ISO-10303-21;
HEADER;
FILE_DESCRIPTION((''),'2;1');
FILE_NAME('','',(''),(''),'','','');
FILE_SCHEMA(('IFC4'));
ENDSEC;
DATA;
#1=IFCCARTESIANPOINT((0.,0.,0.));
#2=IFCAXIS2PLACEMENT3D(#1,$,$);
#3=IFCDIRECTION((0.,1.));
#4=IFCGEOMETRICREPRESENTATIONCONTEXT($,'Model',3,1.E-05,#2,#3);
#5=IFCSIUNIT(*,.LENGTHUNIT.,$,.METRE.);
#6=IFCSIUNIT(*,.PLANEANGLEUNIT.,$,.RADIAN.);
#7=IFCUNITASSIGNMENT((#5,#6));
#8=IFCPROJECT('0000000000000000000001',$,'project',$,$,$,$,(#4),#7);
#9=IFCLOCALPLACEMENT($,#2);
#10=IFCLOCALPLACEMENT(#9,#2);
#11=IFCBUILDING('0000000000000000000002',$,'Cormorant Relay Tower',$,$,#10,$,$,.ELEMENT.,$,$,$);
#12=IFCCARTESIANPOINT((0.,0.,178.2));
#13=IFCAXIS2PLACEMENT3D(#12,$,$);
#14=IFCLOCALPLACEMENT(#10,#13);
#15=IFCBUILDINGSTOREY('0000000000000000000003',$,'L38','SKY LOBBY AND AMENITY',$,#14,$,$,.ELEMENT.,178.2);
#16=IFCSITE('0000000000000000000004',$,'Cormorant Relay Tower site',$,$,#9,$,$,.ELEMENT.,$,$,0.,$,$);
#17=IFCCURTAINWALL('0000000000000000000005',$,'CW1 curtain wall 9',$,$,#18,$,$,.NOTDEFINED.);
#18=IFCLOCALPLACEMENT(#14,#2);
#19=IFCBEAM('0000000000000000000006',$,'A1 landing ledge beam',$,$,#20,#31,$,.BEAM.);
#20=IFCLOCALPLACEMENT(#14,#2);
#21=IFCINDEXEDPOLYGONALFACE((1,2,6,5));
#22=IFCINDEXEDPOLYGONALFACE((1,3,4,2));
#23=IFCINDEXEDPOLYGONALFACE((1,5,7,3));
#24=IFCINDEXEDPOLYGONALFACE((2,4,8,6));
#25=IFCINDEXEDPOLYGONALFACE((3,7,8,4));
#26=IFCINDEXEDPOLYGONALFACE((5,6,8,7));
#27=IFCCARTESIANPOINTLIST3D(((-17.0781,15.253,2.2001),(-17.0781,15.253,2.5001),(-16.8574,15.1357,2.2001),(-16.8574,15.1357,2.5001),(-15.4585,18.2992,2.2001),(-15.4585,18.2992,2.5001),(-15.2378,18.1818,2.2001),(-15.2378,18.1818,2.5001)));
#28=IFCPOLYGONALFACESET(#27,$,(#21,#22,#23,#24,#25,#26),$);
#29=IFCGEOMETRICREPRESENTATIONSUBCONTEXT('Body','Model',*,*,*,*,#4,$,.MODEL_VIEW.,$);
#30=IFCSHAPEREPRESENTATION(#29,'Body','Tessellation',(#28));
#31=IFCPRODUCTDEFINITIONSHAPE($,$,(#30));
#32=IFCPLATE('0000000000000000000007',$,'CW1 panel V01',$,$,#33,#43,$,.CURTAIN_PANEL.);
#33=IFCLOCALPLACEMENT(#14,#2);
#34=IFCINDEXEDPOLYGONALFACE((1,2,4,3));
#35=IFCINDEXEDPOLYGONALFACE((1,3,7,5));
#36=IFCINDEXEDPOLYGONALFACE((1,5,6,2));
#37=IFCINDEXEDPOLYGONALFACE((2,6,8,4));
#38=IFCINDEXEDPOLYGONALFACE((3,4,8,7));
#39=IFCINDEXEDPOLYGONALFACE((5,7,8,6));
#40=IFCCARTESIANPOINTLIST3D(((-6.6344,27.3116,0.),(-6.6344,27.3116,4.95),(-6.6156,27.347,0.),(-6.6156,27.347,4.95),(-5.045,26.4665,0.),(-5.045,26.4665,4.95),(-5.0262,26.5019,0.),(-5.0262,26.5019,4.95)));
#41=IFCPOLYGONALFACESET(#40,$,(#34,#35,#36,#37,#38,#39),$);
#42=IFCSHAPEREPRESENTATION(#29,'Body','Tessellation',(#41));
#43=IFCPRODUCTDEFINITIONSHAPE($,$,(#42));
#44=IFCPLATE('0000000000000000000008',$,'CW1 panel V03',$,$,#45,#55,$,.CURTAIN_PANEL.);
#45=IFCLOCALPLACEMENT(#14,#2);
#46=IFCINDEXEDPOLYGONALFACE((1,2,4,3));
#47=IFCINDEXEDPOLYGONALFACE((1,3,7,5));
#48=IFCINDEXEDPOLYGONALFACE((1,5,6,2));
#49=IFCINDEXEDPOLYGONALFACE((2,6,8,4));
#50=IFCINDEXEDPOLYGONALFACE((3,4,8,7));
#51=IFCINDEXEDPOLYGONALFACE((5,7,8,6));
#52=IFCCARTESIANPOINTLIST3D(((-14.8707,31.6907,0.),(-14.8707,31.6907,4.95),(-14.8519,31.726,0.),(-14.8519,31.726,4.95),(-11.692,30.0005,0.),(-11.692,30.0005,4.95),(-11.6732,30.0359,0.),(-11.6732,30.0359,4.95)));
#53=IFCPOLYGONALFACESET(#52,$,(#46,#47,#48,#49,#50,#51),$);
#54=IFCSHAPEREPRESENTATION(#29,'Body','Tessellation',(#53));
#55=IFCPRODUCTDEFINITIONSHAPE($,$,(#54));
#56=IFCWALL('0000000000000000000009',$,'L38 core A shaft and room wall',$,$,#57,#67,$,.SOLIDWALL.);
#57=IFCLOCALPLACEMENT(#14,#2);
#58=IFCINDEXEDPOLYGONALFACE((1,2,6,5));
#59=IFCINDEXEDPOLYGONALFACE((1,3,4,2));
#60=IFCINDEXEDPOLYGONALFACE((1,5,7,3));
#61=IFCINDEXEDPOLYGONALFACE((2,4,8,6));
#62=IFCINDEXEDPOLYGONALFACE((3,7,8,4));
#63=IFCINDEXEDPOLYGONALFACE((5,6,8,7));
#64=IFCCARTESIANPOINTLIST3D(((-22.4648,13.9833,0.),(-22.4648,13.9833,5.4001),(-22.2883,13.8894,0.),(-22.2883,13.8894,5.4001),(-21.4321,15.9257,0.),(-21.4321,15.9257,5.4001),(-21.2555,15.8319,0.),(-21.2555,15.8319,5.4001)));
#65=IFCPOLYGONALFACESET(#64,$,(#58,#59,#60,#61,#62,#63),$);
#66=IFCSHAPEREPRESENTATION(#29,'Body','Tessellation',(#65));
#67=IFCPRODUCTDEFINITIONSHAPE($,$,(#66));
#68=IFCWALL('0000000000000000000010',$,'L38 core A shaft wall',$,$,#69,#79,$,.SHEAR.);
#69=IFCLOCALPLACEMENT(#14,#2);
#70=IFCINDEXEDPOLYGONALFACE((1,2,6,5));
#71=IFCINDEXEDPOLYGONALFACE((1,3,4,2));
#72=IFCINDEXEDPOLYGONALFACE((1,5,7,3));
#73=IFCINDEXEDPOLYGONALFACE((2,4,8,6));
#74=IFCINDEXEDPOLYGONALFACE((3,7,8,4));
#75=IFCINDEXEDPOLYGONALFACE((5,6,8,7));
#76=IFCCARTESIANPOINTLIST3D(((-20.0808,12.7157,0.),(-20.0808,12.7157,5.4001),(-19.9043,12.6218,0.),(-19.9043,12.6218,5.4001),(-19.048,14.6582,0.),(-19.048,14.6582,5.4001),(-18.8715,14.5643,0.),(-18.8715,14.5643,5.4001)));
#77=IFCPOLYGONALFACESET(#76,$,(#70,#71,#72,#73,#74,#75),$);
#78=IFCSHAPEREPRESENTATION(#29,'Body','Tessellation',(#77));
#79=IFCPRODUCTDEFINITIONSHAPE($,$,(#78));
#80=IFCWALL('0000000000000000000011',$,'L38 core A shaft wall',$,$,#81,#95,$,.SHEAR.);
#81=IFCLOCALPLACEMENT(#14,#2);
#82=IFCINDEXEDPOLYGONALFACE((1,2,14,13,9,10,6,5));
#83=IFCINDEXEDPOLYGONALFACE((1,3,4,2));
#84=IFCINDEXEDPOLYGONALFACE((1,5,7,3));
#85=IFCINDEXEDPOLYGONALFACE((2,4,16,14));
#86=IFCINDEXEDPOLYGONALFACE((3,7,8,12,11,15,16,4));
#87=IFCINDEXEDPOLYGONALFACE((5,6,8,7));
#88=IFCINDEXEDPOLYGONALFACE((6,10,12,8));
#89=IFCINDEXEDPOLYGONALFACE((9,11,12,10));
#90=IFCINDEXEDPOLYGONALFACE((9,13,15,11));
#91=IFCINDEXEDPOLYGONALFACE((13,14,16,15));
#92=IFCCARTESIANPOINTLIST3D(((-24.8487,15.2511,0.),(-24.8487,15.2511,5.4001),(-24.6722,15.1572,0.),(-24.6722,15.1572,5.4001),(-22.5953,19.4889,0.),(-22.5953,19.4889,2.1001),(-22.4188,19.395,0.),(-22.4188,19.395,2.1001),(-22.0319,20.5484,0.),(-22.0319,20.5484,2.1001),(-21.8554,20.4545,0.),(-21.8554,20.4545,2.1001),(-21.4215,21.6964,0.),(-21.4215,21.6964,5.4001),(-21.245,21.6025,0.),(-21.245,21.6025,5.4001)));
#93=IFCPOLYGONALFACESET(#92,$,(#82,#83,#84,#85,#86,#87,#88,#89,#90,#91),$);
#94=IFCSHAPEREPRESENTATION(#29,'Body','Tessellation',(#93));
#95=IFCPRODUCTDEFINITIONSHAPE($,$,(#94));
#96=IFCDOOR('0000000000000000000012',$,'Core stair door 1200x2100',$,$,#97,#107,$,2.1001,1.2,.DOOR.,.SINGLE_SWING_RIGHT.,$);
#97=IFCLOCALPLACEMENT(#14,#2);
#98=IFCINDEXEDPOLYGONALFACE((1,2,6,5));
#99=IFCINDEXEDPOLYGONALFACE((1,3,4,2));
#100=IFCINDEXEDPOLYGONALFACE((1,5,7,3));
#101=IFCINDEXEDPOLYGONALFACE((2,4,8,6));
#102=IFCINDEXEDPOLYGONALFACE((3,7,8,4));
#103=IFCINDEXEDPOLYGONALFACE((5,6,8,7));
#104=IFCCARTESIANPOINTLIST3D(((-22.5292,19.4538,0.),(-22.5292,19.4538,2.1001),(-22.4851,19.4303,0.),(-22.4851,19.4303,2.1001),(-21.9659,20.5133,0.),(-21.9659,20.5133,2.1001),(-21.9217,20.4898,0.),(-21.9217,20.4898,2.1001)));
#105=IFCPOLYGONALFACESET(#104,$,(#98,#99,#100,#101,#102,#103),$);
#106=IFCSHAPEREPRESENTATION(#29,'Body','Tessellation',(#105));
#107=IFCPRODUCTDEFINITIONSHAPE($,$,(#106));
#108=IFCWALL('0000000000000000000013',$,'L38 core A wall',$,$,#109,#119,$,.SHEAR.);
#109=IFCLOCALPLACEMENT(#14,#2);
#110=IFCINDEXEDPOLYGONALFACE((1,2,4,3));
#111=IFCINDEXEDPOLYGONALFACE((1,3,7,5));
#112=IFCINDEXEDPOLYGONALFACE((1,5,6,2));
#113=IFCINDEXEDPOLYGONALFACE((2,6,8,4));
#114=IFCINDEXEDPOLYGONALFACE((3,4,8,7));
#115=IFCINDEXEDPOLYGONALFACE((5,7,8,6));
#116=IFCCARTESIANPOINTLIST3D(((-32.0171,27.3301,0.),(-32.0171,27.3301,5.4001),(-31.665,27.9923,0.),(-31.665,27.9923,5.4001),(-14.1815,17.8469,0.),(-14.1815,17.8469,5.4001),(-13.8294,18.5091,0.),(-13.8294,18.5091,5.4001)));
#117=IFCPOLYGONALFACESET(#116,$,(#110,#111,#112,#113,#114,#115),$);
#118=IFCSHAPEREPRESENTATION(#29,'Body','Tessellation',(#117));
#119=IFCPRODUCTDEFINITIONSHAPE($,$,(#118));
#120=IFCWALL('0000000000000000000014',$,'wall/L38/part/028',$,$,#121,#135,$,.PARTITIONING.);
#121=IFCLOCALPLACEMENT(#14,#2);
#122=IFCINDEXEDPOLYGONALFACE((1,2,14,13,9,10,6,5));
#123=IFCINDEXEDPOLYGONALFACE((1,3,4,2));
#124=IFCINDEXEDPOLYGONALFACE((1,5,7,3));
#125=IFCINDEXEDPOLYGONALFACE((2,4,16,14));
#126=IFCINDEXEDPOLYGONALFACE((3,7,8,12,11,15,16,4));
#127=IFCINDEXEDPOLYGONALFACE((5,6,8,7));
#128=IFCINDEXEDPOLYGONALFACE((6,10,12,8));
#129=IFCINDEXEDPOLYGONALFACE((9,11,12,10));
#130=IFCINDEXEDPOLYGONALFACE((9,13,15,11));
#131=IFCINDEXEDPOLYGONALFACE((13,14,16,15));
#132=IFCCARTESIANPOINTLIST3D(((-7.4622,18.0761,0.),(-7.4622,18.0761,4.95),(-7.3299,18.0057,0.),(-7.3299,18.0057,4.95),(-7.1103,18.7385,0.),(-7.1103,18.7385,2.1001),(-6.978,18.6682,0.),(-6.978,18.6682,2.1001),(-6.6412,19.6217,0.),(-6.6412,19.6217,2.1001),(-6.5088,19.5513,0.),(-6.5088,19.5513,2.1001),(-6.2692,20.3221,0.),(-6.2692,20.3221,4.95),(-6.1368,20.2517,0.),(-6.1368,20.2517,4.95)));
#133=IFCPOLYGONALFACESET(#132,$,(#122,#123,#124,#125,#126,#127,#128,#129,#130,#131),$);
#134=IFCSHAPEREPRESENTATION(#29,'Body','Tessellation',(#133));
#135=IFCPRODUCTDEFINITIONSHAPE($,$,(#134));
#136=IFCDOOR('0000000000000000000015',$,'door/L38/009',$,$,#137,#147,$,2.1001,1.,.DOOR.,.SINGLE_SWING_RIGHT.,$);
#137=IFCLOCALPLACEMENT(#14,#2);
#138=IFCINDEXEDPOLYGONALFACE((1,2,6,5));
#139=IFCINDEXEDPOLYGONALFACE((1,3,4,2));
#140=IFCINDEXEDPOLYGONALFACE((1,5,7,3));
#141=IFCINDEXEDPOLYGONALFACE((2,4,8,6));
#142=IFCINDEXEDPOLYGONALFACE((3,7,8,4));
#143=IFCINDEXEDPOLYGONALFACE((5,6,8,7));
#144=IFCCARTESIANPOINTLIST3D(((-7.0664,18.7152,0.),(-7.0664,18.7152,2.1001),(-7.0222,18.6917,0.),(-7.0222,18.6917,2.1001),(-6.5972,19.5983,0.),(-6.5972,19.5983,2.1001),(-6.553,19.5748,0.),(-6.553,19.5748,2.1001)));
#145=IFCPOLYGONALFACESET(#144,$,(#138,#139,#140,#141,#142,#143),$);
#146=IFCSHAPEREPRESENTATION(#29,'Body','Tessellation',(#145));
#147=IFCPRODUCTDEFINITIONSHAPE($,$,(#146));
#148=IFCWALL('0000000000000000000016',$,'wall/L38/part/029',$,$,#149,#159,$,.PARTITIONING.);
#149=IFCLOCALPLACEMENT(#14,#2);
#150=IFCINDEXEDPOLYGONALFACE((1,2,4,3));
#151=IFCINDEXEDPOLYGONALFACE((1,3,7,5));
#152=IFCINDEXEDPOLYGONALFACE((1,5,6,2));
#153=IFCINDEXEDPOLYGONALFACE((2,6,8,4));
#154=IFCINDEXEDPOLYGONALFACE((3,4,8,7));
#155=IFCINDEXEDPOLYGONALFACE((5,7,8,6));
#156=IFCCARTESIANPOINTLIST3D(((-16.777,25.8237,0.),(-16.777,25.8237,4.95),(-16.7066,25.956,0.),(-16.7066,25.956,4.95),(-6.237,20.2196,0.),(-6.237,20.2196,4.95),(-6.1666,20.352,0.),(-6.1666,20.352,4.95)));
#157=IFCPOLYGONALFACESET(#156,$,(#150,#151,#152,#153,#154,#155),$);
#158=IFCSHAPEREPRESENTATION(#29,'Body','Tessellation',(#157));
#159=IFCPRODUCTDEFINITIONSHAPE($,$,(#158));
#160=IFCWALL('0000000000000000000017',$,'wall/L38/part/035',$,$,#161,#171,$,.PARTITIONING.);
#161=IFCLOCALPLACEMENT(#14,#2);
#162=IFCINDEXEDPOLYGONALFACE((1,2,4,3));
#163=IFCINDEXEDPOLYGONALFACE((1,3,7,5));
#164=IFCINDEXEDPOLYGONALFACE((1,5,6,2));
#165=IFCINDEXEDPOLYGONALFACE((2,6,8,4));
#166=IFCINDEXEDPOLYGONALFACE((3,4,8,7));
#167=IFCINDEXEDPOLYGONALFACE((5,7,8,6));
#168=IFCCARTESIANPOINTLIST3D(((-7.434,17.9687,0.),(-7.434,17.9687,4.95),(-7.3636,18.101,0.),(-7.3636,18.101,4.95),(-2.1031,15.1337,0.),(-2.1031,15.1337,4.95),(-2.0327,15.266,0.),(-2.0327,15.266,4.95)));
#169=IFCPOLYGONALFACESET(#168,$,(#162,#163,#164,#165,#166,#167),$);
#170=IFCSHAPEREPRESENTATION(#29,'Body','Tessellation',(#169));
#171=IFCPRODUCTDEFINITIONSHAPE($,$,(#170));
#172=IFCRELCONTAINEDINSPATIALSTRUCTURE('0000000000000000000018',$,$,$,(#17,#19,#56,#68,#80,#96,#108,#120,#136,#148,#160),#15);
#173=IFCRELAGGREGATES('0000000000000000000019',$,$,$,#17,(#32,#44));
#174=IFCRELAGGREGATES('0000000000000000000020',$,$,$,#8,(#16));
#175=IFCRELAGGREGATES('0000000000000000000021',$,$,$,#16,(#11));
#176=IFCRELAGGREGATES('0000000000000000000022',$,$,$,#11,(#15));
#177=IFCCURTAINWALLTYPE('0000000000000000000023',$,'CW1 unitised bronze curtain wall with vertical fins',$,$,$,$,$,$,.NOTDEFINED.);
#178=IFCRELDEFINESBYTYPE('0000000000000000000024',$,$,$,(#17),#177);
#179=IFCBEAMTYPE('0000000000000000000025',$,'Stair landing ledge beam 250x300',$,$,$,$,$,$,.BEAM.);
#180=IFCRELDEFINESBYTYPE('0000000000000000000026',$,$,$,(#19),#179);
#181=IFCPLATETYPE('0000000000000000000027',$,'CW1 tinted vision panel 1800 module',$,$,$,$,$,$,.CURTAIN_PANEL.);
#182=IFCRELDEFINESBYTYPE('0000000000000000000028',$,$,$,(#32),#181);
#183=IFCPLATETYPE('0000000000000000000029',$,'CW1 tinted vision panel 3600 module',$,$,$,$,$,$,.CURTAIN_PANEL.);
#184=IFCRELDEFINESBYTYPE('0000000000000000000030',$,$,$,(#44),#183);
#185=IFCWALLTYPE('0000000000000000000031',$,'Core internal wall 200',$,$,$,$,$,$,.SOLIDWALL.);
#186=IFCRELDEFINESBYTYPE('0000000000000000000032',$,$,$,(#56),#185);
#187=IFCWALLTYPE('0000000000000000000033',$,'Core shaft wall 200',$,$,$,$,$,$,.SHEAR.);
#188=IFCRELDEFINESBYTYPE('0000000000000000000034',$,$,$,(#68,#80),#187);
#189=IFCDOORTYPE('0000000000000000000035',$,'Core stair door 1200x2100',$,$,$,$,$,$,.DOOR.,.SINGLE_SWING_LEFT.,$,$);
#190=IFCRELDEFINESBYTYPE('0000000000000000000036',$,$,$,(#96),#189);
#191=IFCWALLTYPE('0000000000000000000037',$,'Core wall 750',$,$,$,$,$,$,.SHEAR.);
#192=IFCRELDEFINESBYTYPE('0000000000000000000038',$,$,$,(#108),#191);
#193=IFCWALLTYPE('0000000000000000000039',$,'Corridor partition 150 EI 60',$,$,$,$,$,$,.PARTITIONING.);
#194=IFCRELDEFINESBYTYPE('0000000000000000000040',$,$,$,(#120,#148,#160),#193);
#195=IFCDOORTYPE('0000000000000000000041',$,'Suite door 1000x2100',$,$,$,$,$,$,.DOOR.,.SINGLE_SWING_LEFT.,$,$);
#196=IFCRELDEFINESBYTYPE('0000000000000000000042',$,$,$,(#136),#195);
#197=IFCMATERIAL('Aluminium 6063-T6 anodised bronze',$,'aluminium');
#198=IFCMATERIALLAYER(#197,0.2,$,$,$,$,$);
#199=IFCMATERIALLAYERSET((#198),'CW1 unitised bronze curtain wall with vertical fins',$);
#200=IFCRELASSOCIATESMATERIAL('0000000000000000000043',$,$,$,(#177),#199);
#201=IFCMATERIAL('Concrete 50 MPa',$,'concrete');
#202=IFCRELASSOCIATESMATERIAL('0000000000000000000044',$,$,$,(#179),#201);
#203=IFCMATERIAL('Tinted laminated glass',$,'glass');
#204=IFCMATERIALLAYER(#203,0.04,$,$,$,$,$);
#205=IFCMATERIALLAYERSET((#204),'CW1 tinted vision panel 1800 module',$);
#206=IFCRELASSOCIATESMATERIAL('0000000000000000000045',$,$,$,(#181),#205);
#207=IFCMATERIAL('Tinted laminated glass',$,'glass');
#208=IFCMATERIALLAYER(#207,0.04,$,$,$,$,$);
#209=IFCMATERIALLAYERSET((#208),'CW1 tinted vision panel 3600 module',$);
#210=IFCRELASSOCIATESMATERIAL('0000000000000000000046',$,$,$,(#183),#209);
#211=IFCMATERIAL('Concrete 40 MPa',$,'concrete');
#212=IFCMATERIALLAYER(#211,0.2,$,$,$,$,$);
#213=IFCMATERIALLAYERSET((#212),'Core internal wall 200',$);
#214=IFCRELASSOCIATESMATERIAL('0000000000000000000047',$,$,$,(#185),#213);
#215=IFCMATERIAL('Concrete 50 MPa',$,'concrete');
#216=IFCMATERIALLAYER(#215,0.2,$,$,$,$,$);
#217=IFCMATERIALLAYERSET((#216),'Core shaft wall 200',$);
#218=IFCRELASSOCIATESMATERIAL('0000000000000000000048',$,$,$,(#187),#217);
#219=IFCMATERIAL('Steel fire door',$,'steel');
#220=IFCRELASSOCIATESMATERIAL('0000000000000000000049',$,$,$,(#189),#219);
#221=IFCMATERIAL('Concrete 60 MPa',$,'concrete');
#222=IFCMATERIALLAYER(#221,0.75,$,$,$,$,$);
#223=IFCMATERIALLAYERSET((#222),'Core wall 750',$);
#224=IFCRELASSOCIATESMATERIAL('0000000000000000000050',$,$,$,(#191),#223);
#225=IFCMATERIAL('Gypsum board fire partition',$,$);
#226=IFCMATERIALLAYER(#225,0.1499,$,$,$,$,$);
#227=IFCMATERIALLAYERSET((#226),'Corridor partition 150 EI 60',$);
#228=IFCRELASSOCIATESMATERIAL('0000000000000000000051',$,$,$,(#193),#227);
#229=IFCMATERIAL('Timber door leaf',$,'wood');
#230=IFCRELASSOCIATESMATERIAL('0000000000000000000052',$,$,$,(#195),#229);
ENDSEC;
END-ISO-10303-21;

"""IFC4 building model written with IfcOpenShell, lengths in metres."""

from ifc_helpers import new_model, si_unit, direction, frame, frame_2d, origin, origin_2d, place, context, subcontext, project, spatial, rectangle, extrude, material, layer, layer_set, material_profile, profile_set, type_object, element, fill, aggregate, save


model = new_model("IFC4")

# Units and contexts
model_context = context("Model", 3, precision=1e-05, world=origin(), true_north=direction((0.0, 1.0)))
body_context = subcontext(model_context, "Body", "Model", "MODEL_VIEW")
ifc_project = project(units=[si_unit("LENGTHUNIT", "METRE"), si_unit("PLANEANGLEUNIT", "RADIAN")], contexts=[model_context])

# Site, building, storey
site_placement = place(None, origin())
site = spatial("IfcSite", under=ifc_project, at=site_placement, Name="Cormorant Relay Tower site", CompositionType="ELEMENT", RefElevation=0.0)
building_placement = place(site_placement, origin())
building = spatial("IfcBuilding", under=site, at=building_placement, Name="Cormorant Relay Tower", CompositionType="ELEMENT")
storey_placement = place(building_placement, frame((0.0, 0.0, 178.2)))
storey = spatial("IfcBuildingStorey", under=building, at=storey_placement, Name="L38", Description="SKY LOBBY AND AMENITY", CompositionType="ELEMENT", Elevation=178.2)

# Curtain wall
ifc_material_1 = material(Name="Aluminium 6063-T6 anodised bronze", Category="aluminium")
ifc_layer_1 = layer(ifc_material_1, 0.2)
ifc_layer_set_1 = layer_set([ifc_layer_1], Name="CW1 unitised bronze curtain wall with vertical fins")
curtain_wall_type = type_object("IfcCurtainWallType", Name="CW1 unitised bronze curtain wall with vertical fins", PredefinedType="NOTDEFINED", material=ifc_layer_set_1)
curtain_wall_placement = place(storey_placement, origin())
curtain_wall = element("IfcCurtainWall", 1, at=curtain_wall_placement, inside=storey, type_object=curtain_wall_type, Name="CW1 curtain wall 9", PredefinedType="NOTDEFINED")

# Beam
ifc_material_2 = material(Name="Concrete 50 MPa", Category="concrete")
ifc_material_profile_1 = material_profile(ifc_material_2, rectangle(XDim=0.25, YDim=0.3, at=origin_2d()), Name="RC 250x300")
ifc_profile_set_1 = profile_set([ifc_material_profile_1], Name="Concrete 50 MPa")
beam_type_1 = type_object("IfcBeamType", Name="Stair landing ledge beam 250x300", PredefinedType="BEAM", material=ifc_profile_set_1)
beam_1_placement = place(storey_placement, frame((-16.9678, 15.1943, 2.3501), z_axis=(0.469464, 0.882952, 0.0), x_axis=(-0.882952, 0.469464, 0.0)))
element("IfcBeam", 2, at=beam_1_placement, inside=storey, type_object=beam_type_1, Name="A1 landing ledge beam", PredefinedType="BEAM", context=body_context, shape_type="SweptSolid", body=[
    extrude(rectangle(XDim=0.25, YDim=0.3, at=origin_2d()), origin(), (0.0, 0.0, 1.0), 3.45),
])

# Plates
ifc_material_3 = material(Name="Tinted laminated glass", Category="glass")
ifc_layer_2 = layer(ifc_material_3, 0.04)
ifc_layer_set_2 = layer_set([ifc_layer_2], Name="CW1 tinted vision panel 1800 module")
plate_type_1 = type_object("IfcPlateType", Name="CW1 tinted vision panel 1800 module", PredefinedType="CURTAIN_PANEL", material=ifc_layer_set_2)
plate_1_placement = place(storey_placement, frame((-5.8303, 26.9067, 0.0), z_axis=(0.0, 0.0, 1.0), x_axis=(-0.882948, 0.469472, 0.0)))
plate_1 = element("IfcPlate", 3, at=plate_1_placement, type_object=plate_type_1, Name="CW1 panel V01", PredefinedType="CURTAIN_PANEL", context=body_context, shape_type="SweptSolid", body=[
    extrude(rectangle(XDim=1.8, YDim=0.04, at=origin_2d()), origin(), (0.0, 0.0, 1.0), 4.95),
])
ifc_material_4 = material(Name="Tinted laminated glass", Category="glass")
ifc_layer_3 = layer(ifc_material_4, 0.04)
ifc_layer_set_3 = layer_set([ifc_layer_3], Name="CW1 tinted vision panel 3600 module")
plate_type_2 = type_object("IfcPlateType", Name="CW1 tinted vision panel 3600 module", PredefinedType="CURTAIN_PANEL", material=ifc_layer_set_3)
plate_2_placement = place(storey_placement, frame((-13.272, 30.8633, 0.0), z_axis=(0.0, 0.0, 1.0), x_axis=(-0.882948, 0.469472, 0.0)))
plate_2 = element("IfcPlate", 4, at=plate_2_placement, type_object=plate_type_2, Name="CW1 panel V03", PredefinedType="CURTAIN_PANEL", context=body_context, shape_type="SweptSolid", body=[
    extrude(rectangle(XDim=3.6001, YDim=0.04, at=origin_2d()), origin(), (0.0, 0.0, 1.0), 4.95),
])

# Walls
ifc_material_5 = material(Name="Concrete 40 MPa", Category="concrete")
ifc_layer_4 = layer(ifc_material_5, 0.2)
ifc_layer_set_4 = layer_set([ifc_layer_4], Name="Core internal wall 200")
wall_type_1 = type_object("IfcWallType", Name="Core internal wall 200", PredefinedType="SOLIDWALL", material=ifc_layer_set_4)
wall_1_placement = place(storey_placement, frame((-21.3438, 15.8789, 0.0), z_axis=(0.0, 0.0, 1.0), x_axis=(-0.469447, -0.88296, 0.0)))
element("IfcWall", 5, at=wall_1_placement, inside=storey, type_object=wall_type_1, Name="L38 core A shaft and room wall", PredefinedType="SOLIDWALL", context=body_context, shape_type="SweptSolid", body=[
    extrude(rectangle(XDim=2.2, YDim=0.2, at=frame_2d((1.1001, 0.0))), origin(), (0.0, 0.0, 1.0), 5.4001),
])
ifc_material_6 = material(Name="Concrete 50 MPa", Category="concrete")
ifc_layer_5 = layer(ifc_material_6, 0.2)
ifc_layer_set_5 = layer_set([ifc_layer_5], Name="Core shaft wall 200")
wall_type_2 = type_object("IfcWallType", Name="Core shaft wall 200", PredefinedType="SHEAR", material=ifc_layer_set_5)
wall_2_placement = place(storey_placement, frame((-18.9597, 14.6113, 0.0), z_axis=(0.0, 0.0, 1.0), x_axis=(-0.469447, -0.88296, 0.0)))
element("IfcWall", 6, at=wall_2_placement, inside=storey, type_object=wall_type_2, Name="L38 core A shaft wall", PredefinedType="SHEAR", context=body_context, shape_type="SweptSolid", body=[
    extrude(rectangle(XDim=2.2, YDim=0.2, at=frame_2d((1.1001, 0.0))), origin(), (0.0, 0.0, 1.0), 5.4001),
])

# Wall, opening, door
wall_3_placement = place(storey_placement, frame((-21.3333, 21.6494, 0.0), z_axis=(0.0, 0.0, 1.0), x_axis=(-0.469494, -0.882936, 0.0)))
wall_3 = element("IfcWall", 7, at=wall_3_placement, inside=storey, type_object=wall_type_2, Name="L38 core A shaft wall", PredefinedType="SHEAR", context=body_context, shape_type="SweptSolid", body=[
    extrude(rectangle(XDim=7.2998, YDim=0.2, at=frame_2d((3.6499, 0.0))), origin(), (0.0, 0.0, 1.0), 5.4001),
])
opening_1_placement = place(wall_3_placement, frame((1.3, 0.0, 0.0)))
opening_1 = element("IfcOpeningElement", 8, at=opening_1_placement, cuts=wall_3, PredefinedType="OPENING", context=body_context, shape_type="SweptSolid", body=[
    extrude(rectangle(XDim=1.2, YDim=2.1001, at=frame_2d((0.6001, 1.05))), frame((0.0, 0.1099, 0.0), z_axis=(0.0, -1.0, 0.0), x_axis=(1.0, 0.0, 0.0)), (0.0, 0.0, 1.0), 0.22),
])
ifc_material_7 = material(Name="Steel fire door", Category="steel")
door_type_1 = type_object("IfcDoorType", Name="Core stair door 1200x2100", OperationType="SINGLE_SWING_LEFT", PredefinedType="DOOR", material=ifc_material_7)
door_1_placement = place(opening_1_placement, origin())
door_1 = element("IfcDoor", 9, at=door_1_placement, inside=storey, type_object=door_type_1, Name="Core stair door 1200x2100", OperationType="SINGLE_SWING_RIGHT", OverallHeight=2.1001, OverallWidth=1.2, PredefinedType="DOOR", context=body_context, shape_type="SweptSolid", body=[
    extrude(rectangle(XDim=1.2, YDim=2.1001, at=frame_2d((0.6001, 1.05))), frame((0.0, 0.0249, 0.0), z_axis=(0.0, -1.0, 0.0), x_axis=(1.0, 0.0, 0.0)), (0.0, 0.0, 1.0), 0.05),
])
fill(opening_1, door_1)
ifc_material_8 = material(Name="Concrete 60 MPa", Category="concrete")
ifc_layer_6 = layer(ifc_material_8, 0.75)
ifc_layer_set_6 = layer_set([ifc_layer_6], Name="Core wall 750")
wall_type_3 = type_object("IfcWallType", Name="Core wall 750", PredefinedType="SHEAR", material=ifc_layer_set_6)

# Wall
wall_4_placement = place(storey_placement, frame((-14.0054, 18.178, 0.0), z_axis=(0.0, 0.0, 1.0), x_axis=(-0.88295, 0.469467, 0.0)))
element("IfcWall", 10, at=wall_4_placement, inside=storey, type_object=wall_type_3, Name="L38 core A wall", PredefinedType="SHEAR", context=body_context, shape_type="SweptSolid", body=[
    extrude(rectangle(XDim=20.2, YDim=0.75, at=frame_2d((10.1001, 0.0))), origin(), (0.0, 0.0, 1.0), 5.4001),
])

# Wall, opening, door
ifc_material_9 = material(Name="Gypsum board fire partition")
ifc_layer_7 = layer(ifc_material_9, 0.1499)
ifc_layer_set_7 = layer_set([ifc_layer_7], Name="Corridor partition 150 EI 60")
wall_type_4 = type_object("IfcWallType", Name="Corridor partition 150 EI 60", PredefinedType="PARTITIONING", material=ifc_layer_set_7)
wall_5_placement = place(storey_placement, frame((-7.396, 18.041, 0.0), z_axis=(0.0, 0.0, 1.0), x_axis=(0.469118, 0.883136, 0.0)))
wall_5 = element("IfcWall", 11, at=wall_5_placement, inside=storey, type_object=wall_type_4, Name="wall/L38/part/028", PredefinedType="PARTITIONING", context=body_context, shape_type="SweptSolid", body=[
    extrude(rectangle(XDim=2.5432, YDim=0.1499, at=frame_2d((1.2715, 0.0))), origin(), (0.0, 0.0, 1.0), 4.95),
])
opening_2_placement = place(wall_5_placement, frame((0.75, 0.0, 0.0)))
opening_2 = element("IfcOpeningElement", 12, at=opening_2_placement, cuts=wall_5, PredefinedType="OPENING", context=body_context, shape_type="SweptSolid", body=[
    extrude(rectangle(XDim=1.0, YDim=2.1001, at=frame_2d((0.5, 1.05))), frame((0.0, 0.085, 0.0), z_axis=(0.0, -1.0, 0.0), x_axis=(1.0, 0.0, 0.0)), (0.0, 0.0, 1.0), 0.1699),
])
ifc_material_10 = material(Name="Timber door leaf", Category="wood")
door_type_2 = type_object("IfcDoorType", Name="Suite door 1000x2100", OperationType="SINGLE_SWING_LEFT", PredefinedType="DOOR", material=ifc_material_10)
door_2_placement = place(opening_2_placement, frame((1.0, 0.0, 0.0), z_axis=(0.0, 0.0, 1.0), x_axis=(-1.0, 0.0, 0.0)))
door_2 = element("IfcDoor", 13, at=door_2_placement, inside=storey, type_object=door_type_2, Name="door/L38/009", OperationType="SINGLE_SWING_RIGHT", OverallHeight=2.1001, OverallWidth=1.0, PredefinedType="DOOR", context=body_context, shape_type="SweptSolid", body=[
    extrude(rectangle(XDim=1.0, YDim=2.1001, at=frame_2d((0.5, 1.05))), frame((0.0, 0.0249, 0.0), z_axis=(0.0, -1.0, 0.0), x_axis=(1.0, 0.0, 0.0)), (0.0, 0.0, 1.0), 0.05),
])
fill(opening_2, door_2)

# Walls
wall_6_placement = place(storey_placement, frame((-16.7419, 25.8899, 0.0), z_axis=(0.0, 0.0, 1.0), x_axis=(0.882956, -0.469456, 0.0)))
element("IfcWall", 14, at=wall_6_placement, inside=storey, type_object=wall_type_4, Name="wall/L38/part/029", PredefinedType="PARTITIONING", context=body_context, shape_type="SweptSolid", body=[
    extrude(rectangle(XDim=11.9373, YDim=0.1499, at=frame_2d((5.9688, 0.0))), origin(), (0.0, 0.0, 1.0), 4.95),
])
wall_7_placement = place(storey_placement, frame((-7.3989, 18.0349, 0.0), z_axis=(0.0, 0.0, 1.0), x_axis=(0.882912, -0.469539, 0.0)))
element("IfcWall", 15, at=wall_7_placement, inside=storey, type_object=wall_type_4, Name="wall/L38/part/035", PredefinedType="PARTITIONING", context=body_context, shape_type="SweptSolid", body=[
    extrude(rectangle(XDim=6.0378, YDim=0.1499, at=frame_2d((3.019, 0.0))), origin(), (0.0, 0.0, 1.0), 4.95),
])

aggregate(curtain_wall, [plate_1, plate_2])

save(model, "model.ifc")
